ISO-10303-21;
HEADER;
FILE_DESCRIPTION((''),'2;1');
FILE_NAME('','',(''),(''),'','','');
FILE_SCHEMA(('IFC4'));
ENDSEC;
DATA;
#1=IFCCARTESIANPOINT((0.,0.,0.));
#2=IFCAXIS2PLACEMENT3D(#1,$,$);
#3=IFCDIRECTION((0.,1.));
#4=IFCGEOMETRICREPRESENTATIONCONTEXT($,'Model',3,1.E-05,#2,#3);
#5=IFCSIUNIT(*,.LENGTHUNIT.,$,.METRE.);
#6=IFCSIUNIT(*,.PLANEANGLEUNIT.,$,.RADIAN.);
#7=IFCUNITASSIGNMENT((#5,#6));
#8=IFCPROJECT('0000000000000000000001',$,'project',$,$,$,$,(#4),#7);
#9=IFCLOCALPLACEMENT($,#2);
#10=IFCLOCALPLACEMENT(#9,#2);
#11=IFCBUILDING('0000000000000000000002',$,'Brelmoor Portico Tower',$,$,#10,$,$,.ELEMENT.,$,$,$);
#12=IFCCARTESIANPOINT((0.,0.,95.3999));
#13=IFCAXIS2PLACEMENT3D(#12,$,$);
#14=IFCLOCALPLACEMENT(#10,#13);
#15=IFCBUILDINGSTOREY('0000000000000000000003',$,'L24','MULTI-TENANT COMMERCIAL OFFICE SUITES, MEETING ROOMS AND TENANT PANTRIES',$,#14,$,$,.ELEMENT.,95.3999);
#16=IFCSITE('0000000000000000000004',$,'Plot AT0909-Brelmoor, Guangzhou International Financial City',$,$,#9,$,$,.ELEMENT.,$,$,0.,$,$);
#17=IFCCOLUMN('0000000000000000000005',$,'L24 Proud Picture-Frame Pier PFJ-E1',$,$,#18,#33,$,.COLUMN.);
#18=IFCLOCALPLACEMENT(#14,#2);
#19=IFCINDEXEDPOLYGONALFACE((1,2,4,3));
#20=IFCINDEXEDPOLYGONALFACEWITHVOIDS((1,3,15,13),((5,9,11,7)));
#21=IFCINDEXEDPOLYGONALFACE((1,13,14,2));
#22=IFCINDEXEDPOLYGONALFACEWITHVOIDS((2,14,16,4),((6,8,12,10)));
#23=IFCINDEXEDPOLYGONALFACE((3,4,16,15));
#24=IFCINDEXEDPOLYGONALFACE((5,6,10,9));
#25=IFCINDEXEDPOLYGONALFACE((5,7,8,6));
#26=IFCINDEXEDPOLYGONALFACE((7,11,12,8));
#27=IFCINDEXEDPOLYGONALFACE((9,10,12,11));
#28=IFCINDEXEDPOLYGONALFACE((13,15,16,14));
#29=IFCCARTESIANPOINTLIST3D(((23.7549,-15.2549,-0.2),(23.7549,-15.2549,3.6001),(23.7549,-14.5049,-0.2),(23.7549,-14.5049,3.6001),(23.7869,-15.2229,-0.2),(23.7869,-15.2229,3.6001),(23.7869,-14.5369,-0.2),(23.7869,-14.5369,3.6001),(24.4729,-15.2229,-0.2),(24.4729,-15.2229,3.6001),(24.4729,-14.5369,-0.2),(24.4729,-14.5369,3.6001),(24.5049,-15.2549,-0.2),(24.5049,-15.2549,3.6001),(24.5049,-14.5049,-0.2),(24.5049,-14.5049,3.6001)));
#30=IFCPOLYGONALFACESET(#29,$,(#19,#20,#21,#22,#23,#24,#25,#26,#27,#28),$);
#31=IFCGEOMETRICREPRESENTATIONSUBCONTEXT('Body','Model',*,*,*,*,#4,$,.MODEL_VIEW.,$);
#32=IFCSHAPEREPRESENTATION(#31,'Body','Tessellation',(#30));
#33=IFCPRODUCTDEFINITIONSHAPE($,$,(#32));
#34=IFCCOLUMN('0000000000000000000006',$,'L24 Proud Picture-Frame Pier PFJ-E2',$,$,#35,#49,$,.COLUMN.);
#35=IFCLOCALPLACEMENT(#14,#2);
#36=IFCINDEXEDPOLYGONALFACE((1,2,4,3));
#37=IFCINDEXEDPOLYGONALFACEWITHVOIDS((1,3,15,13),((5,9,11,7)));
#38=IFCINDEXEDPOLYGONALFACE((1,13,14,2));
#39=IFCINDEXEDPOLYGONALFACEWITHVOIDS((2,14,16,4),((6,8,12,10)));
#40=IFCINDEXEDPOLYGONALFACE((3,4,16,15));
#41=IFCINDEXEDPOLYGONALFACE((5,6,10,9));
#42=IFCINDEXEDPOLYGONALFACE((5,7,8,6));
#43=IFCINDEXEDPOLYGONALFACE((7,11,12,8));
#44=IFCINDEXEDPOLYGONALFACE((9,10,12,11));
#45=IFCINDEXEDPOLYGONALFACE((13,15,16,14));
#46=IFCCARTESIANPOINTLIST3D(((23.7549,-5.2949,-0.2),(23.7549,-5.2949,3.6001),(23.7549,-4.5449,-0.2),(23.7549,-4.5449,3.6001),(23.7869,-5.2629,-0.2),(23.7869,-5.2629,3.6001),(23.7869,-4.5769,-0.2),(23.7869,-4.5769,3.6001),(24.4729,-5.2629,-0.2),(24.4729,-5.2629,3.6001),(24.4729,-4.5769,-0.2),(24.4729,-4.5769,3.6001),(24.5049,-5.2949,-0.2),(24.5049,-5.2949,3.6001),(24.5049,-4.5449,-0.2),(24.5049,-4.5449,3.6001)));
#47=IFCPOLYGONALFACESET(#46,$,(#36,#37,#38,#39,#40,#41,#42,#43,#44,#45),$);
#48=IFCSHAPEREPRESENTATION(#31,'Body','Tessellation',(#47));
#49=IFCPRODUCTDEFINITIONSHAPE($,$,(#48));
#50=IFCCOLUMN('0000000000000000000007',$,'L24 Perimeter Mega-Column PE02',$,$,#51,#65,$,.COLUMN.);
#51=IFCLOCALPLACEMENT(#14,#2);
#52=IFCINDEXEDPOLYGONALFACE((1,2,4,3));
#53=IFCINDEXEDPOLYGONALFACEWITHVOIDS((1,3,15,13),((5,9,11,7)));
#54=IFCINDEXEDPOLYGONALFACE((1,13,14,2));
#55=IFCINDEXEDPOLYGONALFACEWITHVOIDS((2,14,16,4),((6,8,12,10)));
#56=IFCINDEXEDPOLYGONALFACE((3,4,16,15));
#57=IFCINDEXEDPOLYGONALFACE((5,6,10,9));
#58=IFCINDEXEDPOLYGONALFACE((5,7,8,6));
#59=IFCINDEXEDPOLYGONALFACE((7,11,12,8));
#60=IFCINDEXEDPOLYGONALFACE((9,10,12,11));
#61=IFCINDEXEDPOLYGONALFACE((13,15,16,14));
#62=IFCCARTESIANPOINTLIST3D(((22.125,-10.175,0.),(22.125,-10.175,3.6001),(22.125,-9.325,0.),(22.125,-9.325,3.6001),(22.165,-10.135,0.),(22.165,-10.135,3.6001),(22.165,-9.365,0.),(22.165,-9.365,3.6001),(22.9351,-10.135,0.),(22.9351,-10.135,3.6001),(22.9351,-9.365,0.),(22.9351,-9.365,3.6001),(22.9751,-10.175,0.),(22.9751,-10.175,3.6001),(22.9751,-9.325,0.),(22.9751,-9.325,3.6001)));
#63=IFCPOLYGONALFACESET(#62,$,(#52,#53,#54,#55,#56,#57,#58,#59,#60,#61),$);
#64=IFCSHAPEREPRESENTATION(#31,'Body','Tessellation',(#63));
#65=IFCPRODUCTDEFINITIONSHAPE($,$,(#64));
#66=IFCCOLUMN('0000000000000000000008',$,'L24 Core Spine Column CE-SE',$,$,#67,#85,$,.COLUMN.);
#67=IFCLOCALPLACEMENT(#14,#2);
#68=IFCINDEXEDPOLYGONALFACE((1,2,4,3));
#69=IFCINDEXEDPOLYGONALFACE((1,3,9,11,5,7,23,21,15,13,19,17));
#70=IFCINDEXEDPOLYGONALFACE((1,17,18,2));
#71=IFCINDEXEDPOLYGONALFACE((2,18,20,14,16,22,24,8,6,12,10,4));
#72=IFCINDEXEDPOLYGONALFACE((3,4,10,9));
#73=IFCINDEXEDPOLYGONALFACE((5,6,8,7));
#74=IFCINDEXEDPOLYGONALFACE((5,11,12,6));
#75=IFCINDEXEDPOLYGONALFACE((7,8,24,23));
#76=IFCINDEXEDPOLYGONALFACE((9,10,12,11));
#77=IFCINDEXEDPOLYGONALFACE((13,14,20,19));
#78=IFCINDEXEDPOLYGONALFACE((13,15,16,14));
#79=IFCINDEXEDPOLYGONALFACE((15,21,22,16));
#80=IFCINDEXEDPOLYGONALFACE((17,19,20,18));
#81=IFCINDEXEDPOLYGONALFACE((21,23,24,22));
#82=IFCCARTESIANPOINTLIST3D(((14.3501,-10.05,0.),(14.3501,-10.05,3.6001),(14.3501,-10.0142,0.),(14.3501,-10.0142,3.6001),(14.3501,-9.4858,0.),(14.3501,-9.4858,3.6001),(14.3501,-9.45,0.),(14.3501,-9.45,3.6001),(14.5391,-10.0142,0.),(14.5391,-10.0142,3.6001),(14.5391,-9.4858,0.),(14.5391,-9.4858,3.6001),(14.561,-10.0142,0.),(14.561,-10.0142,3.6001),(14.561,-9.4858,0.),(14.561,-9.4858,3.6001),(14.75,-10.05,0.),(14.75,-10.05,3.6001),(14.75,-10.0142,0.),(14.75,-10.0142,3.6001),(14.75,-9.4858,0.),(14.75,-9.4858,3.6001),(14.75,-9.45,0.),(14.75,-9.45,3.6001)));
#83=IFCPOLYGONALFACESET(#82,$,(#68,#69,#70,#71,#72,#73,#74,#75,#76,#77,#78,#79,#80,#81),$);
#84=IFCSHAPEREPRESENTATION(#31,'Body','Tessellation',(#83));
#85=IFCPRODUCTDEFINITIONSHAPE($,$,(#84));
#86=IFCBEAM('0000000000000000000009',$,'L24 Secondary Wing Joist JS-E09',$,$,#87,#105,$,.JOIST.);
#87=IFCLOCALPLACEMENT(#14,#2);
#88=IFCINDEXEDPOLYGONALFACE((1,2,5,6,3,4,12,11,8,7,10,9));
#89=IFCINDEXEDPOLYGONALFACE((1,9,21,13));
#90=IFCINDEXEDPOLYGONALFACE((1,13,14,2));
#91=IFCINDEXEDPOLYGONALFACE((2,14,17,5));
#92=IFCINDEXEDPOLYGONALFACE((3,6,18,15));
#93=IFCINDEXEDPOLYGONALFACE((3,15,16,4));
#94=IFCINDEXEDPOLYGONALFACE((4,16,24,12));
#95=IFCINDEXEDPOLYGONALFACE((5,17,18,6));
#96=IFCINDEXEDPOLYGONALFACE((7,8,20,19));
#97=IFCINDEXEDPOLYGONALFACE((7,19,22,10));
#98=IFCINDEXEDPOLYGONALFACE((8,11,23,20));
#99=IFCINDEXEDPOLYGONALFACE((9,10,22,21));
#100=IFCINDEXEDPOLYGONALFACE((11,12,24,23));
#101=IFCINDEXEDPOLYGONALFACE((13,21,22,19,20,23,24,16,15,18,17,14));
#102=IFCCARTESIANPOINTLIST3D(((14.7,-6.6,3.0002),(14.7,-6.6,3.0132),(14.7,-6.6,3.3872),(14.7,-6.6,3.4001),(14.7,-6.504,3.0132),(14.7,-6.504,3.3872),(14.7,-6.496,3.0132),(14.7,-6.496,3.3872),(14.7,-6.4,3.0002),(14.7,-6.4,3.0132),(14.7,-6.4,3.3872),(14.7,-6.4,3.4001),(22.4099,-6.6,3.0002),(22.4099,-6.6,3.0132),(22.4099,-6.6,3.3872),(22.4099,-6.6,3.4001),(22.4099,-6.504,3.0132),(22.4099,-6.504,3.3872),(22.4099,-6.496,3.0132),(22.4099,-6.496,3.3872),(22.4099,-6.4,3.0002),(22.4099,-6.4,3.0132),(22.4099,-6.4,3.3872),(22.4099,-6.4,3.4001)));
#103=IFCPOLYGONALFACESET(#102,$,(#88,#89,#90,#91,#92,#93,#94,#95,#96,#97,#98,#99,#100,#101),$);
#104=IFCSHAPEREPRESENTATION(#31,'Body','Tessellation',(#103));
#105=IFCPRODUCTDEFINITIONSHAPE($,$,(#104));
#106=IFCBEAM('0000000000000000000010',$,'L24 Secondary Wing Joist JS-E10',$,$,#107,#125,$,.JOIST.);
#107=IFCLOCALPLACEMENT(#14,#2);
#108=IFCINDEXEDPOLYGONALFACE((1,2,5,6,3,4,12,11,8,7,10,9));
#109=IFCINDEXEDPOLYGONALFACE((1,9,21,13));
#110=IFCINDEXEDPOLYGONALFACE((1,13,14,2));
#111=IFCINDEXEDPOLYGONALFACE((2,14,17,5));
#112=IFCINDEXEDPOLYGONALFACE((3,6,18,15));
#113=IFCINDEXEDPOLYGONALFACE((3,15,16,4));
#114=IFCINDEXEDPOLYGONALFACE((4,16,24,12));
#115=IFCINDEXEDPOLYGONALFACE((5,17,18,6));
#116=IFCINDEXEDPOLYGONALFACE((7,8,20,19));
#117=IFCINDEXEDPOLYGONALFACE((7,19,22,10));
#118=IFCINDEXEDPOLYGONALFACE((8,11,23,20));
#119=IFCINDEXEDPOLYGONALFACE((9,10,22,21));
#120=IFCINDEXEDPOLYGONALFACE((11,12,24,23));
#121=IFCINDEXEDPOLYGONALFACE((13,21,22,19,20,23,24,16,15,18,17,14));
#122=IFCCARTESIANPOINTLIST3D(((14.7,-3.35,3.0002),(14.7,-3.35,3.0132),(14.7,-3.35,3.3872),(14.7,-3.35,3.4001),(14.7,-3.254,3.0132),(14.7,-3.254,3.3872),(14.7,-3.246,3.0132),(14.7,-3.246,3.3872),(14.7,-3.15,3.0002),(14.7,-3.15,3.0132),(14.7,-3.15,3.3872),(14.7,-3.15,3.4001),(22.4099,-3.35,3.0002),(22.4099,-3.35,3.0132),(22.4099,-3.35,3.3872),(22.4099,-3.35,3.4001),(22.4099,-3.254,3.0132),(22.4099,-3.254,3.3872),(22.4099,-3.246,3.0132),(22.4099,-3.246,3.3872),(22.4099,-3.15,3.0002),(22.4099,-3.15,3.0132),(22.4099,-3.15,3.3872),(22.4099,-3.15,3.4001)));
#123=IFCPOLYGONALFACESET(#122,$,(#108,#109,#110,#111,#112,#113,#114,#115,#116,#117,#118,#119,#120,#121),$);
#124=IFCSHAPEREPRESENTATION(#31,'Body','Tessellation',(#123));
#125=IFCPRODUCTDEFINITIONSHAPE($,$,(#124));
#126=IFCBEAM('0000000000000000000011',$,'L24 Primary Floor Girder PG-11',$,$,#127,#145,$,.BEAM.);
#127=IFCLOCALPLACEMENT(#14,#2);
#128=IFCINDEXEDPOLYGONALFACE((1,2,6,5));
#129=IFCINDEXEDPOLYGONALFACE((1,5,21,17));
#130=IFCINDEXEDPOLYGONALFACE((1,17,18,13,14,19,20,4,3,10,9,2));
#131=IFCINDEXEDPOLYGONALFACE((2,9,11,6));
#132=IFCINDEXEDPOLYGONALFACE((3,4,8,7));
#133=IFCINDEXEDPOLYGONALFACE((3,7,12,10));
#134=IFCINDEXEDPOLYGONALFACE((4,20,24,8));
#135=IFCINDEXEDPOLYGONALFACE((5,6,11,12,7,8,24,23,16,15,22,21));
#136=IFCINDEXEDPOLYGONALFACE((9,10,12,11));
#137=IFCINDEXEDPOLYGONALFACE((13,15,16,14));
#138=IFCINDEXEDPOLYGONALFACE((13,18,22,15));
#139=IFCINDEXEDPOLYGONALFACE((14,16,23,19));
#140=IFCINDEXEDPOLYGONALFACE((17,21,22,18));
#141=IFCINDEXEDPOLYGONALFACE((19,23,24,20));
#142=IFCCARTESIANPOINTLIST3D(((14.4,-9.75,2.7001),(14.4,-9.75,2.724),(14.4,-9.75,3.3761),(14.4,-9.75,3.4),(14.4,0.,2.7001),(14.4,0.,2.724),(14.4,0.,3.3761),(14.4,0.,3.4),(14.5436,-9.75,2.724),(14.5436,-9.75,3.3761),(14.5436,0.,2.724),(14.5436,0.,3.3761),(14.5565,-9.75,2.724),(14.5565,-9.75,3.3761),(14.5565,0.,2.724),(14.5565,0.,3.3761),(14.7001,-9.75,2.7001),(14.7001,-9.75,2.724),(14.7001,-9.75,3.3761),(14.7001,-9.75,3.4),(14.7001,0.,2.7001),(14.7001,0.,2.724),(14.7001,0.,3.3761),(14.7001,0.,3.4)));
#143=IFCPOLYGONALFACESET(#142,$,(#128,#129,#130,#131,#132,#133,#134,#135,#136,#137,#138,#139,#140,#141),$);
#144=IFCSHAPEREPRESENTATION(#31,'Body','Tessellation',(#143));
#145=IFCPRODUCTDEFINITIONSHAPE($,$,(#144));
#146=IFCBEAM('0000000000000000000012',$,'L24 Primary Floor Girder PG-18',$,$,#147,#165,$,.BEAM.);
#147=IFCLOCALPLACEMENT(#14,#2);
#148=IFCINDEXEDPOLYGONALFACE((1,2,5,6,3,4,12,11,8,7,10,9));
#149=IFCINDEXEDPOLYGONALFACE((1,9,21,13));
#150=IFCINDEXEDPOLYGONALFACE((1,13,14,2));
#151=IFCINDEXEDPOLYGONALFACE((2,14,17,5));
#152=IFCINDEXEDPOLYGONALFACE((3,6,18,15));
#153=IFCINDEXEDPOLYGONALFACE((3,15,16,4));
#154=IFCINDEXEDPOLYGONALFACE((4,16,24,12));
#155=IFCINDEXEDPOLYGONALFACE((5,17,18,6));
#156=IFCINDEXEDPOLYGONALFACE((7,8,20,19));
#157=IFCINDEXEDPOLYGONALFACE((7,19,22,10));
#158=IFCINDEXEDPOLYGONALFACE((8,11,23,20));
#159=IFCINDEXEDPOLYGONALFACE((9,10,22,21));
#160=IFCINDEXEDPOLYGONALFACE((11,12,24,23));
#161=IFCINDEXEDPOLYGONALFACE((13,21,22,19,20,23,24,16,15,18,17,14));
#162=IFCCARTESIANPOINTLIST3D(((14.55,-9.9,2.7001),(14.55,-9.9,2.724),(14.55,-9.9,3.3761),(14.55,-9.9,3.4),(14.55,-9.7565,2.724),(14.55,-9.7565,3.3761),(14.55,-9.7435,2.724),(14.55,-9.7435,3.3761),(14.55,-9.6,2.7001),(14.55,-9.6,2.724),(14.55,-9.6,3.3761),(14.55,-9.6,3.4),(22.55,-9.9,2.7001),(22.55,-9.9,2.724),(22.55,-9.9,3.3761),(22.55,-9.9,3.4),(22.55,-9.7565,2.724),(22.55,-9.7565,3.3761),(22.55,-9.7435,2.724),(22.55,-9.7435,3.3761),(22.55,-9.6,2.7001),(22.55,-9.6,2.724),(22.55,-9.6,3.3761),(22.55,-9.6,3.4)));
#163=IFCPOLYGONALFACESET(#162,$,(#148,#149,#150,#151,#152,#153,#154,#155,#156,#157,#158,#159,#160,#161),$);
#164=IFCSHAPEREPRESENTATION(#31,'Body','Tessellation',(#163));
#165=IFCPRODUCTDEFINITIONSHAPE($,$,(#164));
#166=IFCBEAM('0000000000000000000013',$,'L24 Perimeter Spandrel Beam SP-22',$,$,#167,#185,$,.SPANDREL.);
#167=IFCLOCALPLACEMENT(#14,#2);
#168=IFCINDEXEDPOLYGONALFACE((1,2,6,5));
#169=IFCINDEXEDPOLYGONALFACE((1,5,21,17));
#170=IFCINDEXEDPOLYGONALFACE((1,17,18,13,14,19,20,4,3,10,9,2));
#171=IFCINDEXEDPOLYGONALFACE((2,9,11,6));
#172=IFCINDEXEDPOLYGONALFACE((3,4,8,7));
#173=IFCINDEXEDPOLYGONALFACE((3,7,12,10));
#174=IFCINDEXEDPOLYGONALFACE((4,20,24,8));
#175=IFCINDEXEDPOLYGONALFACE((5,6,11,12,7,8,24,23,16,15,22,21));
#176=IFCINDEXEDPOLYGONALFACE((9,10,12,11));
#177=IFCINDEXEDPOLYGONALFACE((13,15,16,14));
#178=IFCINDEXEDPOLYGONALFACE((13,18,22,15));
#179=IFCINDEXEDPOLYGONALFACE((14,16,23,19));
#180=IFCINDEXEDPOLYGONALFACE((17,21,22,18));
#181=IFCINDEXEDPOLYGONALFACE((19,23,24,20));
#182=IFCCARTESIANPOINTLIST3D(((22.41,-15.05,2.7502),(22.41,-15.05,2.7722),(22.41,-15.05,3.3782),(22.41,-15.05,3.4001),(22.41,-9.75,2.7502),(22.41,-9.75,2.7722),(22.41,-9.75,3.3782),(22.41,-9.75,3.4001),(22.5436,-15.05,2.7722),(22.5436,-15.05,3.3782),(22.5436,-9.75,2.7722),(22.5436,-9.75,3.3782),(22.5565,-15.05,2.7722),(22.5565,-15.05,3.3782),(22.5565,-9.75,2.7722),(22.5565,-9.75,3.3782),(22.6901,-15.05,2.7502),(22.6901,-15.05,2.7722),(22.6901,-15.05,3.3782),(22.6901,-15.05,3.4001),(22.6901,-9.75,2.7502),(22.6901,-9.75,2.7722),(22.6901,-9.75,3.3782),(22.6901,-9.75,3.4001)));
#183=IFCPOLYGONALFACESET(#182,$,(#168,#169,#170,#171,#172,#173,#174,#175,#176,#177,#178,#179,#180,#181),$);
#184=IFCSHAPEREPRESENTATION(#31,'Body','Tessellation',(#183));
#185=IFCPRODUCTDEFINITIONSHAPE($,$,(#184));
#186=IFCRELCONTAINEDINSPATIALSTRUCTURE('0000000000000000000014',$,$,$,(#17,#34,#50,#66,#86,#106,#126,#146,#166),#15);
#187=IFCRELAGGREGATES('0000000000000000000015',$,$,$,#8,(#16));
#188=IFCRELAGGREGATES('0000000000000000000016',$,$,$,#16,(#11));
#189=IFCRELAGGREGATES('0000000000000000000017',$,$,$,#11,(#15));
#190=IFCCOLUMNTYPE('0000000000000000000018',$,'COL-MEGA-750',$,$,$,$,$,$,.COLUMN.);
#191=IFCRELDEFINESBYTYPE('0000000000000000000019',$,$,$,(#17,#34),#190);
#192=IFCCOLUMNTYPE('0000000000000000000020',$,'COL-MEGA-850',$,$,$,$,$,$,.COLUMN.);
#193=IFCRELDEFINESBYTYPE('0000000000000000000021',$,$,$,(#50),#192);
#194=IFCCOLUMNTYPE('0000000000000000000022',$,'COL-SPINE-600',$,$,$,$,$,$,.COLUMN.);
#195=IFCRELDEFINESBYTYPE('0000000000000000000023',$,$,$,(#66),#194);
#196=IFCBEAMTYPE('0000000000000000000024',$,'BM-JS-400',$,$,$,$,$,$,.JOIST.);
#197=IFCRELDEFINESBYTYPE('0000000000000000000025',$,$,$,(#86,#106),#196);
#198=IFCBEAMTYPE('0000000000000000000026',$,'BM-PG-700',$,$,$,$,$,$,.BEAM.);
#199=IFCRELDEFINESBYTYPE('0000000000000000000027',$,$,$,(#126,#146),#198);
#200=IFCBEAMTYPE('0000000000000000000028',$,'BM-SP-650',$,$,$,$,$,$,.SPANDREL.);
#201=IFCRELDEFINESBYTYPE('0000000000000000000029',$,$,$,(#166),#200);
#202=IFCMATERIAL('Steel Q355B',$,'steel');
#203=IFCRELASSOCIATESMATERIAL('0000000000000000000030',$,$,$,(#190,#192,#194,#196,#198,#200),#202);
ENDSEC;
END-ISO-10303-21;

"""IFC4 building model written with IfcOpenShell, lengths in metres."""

from ifc_helpers import new_model, si_unit, direction, frame, origin, origin_2d, place, context, subcontext, project, spatial, hollow_rectangle, i_section, extrude, material, material_profile, profile_set, type_object, element, save


model = new_model("IFC4")

# Units and contexts
model_context = context("Model", 3, precision=1e-05, world=origin(), true_north=direction((0.0, 1.0)))
body_context = subcontext(model_context, "Body", "Model", "MODEL_VIEW")
ifc_project = project(units=[si_unit("LENGTHUNIT", "METRE"), si_unit("PLANEANGLEUNIT", "RADIAN")], contexts=[model_context])

# Site, building, storey
site_placement = place(None, origin())
site = spatial("IfcSite", under=ifc_project, at=site_placement, Name="Plot AT0909-Brelmoor, Guangzhou International Financial City", CompositionType="ELEMENT", RefElevation=0.0)
building_placement = place(site_placement, origin())
building = spatial("IfcBuilding", under=site, at=building_placement, Name="Brelmoor Portico Tower", CompositionType="ELEMENT")
storey_placement = place(building_placement, frame((0.0, 0.0, 95.3999)))
storey = spatial("IfcBuildingStorey", under=building, at=storey_placement, Name="L24", Description="MULTI-TENANT COMMERCIAL OFFICE SUITES, MEETING ROOMS AND TENANT PANTRIES", CompositionType="ELEMENT", Elevation=95.3999)

# Columns
ifc_material_1 = material(Name="Steel Q355B", Category="steel")
ifc_material_profile_1 = material_profile(ifc_material_1, hollow_rectangle(XDim=0.75, YDim=0.75, WallThickness=0.032, at=origin_2d()), Name="BOX 750x750x32")
ifc_profile_set_1 = profile_set([ifc_material_profile_1], Name="Steel Q355B")
column_type_1 = type_object("IfcColumnType", Name="COL-MEGA-750", PredefinedType="COLUMN", material=ifc_profile_set_1)
for number, where, z_axis, x_axis, name in (
    (1, (24.1299, -14.8799, -0.2), (0.0, 0.0, 1.0), (0.0, 1.0, 0.0), "L24 Proud Picture-Frame Pier PFJ-E1"),
    (2, (24.1299, -4.9199, -0.2), (0.0, 0.0, 1.0), (0.0, 1.0, 0.0), "L24 Proud Picture-Frame Pier PFJ-E2"),
):
    element("IfcColumn", number, at=place(storey_placement, frame(where, z_axis=z_axis, x_axis=x_axis)), inside=storey, type_object=column_type_1, Name=name, PredefinedType="COLUMN", context=body_context, shape_type="SweptSolid", body=[
        extrude(hollow_rectangle(XDim=0.75, YDim=0.75, WallThickness=0.032, at=origin_2d()), origin(), (0.0, 0.0, 1.0), 3.8),
    ])
ifc_material_profile_2 = material_profile(ifc_material_1, hollow_rectangle(XDim=0.8501, YDim=0.8501, WallThickness=0.04, at=origin_2d()), Name="BOX 850x850x40")
ifc_profile_set_2 = profile_set([ifc_material_profile_2], Name="Steel Q355B")
column_type_2 = type_object("IfcColumnType", Name="COL-MEGA-850", PredefinedType="COLUMN", material=ifc_profile_set_2)
column_1_placement = place(storey_placement, frame((22.55, -9.75, 0.0), z_axis=(0.0, 0.0, 1.0), x_axis=(0.0, 1.0, 0.0)))
element("IfcColumn", 3, at=column_1_placement, inside=storey, type_object=column_type_2, Name="L24 Perimeter Mega-Column PE02", PredefinedType="COLUMN", context=body_context, shape_type="SweptSolid", body=[
    extrude(hollow_rectangle(XDim=0.8501, YDim=0.8501, WallThickness=0.04, at=origin_2d()), origin(), (0.0, 0.0, 1.0), 3.6001),
])
ifc_material_profile_3 = material_profile(ifc_material_1, i_section(OverallWidth=0.3999, OverallDepth=0.6001, WebThickness=0.022, FlangeThickness=0.0359, at=origin_2d()), Name="HW 600x400x22x36")
ifc_profile_set_3 = profile_set([ifc_material_profile_3], Name="Steel Q355B")
column_type_3 = type_object("IfcColumnType", Name="COL-SPINE-600", PredefinedType="COLUMN", material=ifc_profile_set_3)
column_2_placement = place(storey_placement, frame((14.55, -9.75, 0.0), z_axis=(0.0, 0.0, 1.0), x_axis=(1.0, 0.0, 0.0)))
element("IfcColumn", 4, at=column_2_placement, inside=storey, type_object=column_type_3, Name="L24 Core Spine Column CE-SE", PredefinedType="COLUMN", context=body_context, shape_type="SweptSolid", body=[
    extrude(i_section(OverallWidth=0.3999, OverallDepth=0.6001, WebThickness=0.022, FlangeThickness=0.0359, at=origin_2d()), origin(), (0.0, 0.0, 1.0), 3.6001),
])

# Beams
ifc_material_profile_4 = material_profile(ifc_material_1, i_section(OverallWidth=0.2, OverallDepth=0.3999, WebThickness=0.0081, FlangeThickness=0.0129, at=origin_2d()), Name="HN 400x200x8x13")
ifc_profile_set_4 = profile_set([ifc_material_profile_4], Name="Steel Q355B")
beam_type_1 = type_object("IfcBeamType", Name="BM-JS-400", PredefinedType="JOIST", material=ifc_profile_set_4)
for number, where, z_axis, x_axis, name in (
    (5, (14.7, -6.5, 3.2002), (1.0, 0.0, 0.0), (0.0, 1.0, 0.0), "L24 Secondary Wing Joist JS-E09"),
    (6, (14.7, -3.25, 3.2002), (1.0, 0.0, 0.0), (0.0, 1.0, 0.0), "L24 Secondary Wing Joist JS-E10"),
):
    element("IfcBeam", number, at=place(storey_placement, frame(where, z_axis=z_axis, x_axis=x_axis)), inside=storey, type_object=beam_type_1, Name=name, PredefinedType="JOIST", context=body_context, shape_type="SweptSolid", body=[
        extrude(i_section(OverallWidth=0.2, OverallDepth=0.3999, WebThickness=0.0081, FlangeThickness=0.0129, at=origin_2d()), origin(), (0.0, 0.0, 1.0), 7.71),
    ])
ifc_material_profile_5 = material_profile(ifc_material_1, i_section(OverallWidth=0.3, OverallDepth=0.7, WebThickness=0.0129, FlangeThickness=0.0239, at=origin_2d()), Name="HN 700x300x13x24")
ifc_profile_set_5 = profile_set([ifc_material_profile_5], Name="Steel Q355B")
beam_type_2 = type_object("IfcBeamType", Name="BM-PG-700", PredefinedType="BEAM", material=ifc_profile_set_5)
beam_1_placement = place(storey_placement, frame((14.55, -9.75, 3.05), z_axis=(0.0, 1.0, 0.0), x_axis=(-1.0, 0.0, 0.0)))
element("IfcBeam", 7, at=beam_1_placement, inside=storey, type_object=beam_type_2, Name="L24 Primary Floor Girder PG-11", PredefinedType="BEAM", context=body_context, shape_type="SweptSolid", body=[
    extrude(i_section(OverallWidth=0.3, OverallDepth=0.7, WebThickness=0.0129, FlangeThickness=0.0239, at=origin_2d()), origin(), (0.0, 0.0, 1.0), 9.75),
])
beam_2_placement = place(storey_placement, frame((14.55, -9.75, 3.05), z_axis=(1.0, 0.0, 0.0), x_axis=(0.0, 1.0, 0.0)))
element("IfcBeam", 8, at=beam_2_placement, inside=storey, type_object=beam_type_2, Name="L24 Primary Floor Girder PG-18", PredefinedType="BEAM", context=body_context, shape_type="SweptSolid", body=[
    extrude(i_section(OverallWidth=0.3, OverallDepth=0.7, WebThickness=0.0129, FlangeThickness=0.0239, at=origin_2d()), origin(), (0.0, 0.0, 1.0), 8.0),
])
ifc_material_profile_6 = material_profile(ifc_material_1, i_section(OverallWidth=0.28, OverallDepth=0.6499, WebThickness=0.0129, FlangeThickness=0.022, at=origin_2d()), Name="HN 650x280x13x22")
ifc_profile_set_6 = profile_set([ifc_material_profile_6], Name="Steel Q355B")
beam_type_3 = type_object("IfcBeamType", Name="BM-SP-650", PredefinedType="SPANDREL", material=ifc_profile_set_6)
beam_3_placement = place(storey_placement, frame((22.55, -15.05, 3.0752), z_axis=(0.0, 1.0, 0.0), x_axis=(-1.0, 0.0, 0.0)))
element("IfcBeam", 9, at=beam_3_placement, inside=storey, type_object=beam_type_3, Name="L24 Perimeter Spandrel Beam SP-22", PredefinedType="SPANDREL", context=body_context, shape_type="SweptSolid", body=[
    extrude(i_section(OverallWidth=0.28, OverallDepth=0.6499, WebThickness=0.0129, FlangeThickness=0.022, at=origin_2d()), origin(), (0.0, 0.0, 1.0), 5.3),
])

save(model, "model.ifc")
